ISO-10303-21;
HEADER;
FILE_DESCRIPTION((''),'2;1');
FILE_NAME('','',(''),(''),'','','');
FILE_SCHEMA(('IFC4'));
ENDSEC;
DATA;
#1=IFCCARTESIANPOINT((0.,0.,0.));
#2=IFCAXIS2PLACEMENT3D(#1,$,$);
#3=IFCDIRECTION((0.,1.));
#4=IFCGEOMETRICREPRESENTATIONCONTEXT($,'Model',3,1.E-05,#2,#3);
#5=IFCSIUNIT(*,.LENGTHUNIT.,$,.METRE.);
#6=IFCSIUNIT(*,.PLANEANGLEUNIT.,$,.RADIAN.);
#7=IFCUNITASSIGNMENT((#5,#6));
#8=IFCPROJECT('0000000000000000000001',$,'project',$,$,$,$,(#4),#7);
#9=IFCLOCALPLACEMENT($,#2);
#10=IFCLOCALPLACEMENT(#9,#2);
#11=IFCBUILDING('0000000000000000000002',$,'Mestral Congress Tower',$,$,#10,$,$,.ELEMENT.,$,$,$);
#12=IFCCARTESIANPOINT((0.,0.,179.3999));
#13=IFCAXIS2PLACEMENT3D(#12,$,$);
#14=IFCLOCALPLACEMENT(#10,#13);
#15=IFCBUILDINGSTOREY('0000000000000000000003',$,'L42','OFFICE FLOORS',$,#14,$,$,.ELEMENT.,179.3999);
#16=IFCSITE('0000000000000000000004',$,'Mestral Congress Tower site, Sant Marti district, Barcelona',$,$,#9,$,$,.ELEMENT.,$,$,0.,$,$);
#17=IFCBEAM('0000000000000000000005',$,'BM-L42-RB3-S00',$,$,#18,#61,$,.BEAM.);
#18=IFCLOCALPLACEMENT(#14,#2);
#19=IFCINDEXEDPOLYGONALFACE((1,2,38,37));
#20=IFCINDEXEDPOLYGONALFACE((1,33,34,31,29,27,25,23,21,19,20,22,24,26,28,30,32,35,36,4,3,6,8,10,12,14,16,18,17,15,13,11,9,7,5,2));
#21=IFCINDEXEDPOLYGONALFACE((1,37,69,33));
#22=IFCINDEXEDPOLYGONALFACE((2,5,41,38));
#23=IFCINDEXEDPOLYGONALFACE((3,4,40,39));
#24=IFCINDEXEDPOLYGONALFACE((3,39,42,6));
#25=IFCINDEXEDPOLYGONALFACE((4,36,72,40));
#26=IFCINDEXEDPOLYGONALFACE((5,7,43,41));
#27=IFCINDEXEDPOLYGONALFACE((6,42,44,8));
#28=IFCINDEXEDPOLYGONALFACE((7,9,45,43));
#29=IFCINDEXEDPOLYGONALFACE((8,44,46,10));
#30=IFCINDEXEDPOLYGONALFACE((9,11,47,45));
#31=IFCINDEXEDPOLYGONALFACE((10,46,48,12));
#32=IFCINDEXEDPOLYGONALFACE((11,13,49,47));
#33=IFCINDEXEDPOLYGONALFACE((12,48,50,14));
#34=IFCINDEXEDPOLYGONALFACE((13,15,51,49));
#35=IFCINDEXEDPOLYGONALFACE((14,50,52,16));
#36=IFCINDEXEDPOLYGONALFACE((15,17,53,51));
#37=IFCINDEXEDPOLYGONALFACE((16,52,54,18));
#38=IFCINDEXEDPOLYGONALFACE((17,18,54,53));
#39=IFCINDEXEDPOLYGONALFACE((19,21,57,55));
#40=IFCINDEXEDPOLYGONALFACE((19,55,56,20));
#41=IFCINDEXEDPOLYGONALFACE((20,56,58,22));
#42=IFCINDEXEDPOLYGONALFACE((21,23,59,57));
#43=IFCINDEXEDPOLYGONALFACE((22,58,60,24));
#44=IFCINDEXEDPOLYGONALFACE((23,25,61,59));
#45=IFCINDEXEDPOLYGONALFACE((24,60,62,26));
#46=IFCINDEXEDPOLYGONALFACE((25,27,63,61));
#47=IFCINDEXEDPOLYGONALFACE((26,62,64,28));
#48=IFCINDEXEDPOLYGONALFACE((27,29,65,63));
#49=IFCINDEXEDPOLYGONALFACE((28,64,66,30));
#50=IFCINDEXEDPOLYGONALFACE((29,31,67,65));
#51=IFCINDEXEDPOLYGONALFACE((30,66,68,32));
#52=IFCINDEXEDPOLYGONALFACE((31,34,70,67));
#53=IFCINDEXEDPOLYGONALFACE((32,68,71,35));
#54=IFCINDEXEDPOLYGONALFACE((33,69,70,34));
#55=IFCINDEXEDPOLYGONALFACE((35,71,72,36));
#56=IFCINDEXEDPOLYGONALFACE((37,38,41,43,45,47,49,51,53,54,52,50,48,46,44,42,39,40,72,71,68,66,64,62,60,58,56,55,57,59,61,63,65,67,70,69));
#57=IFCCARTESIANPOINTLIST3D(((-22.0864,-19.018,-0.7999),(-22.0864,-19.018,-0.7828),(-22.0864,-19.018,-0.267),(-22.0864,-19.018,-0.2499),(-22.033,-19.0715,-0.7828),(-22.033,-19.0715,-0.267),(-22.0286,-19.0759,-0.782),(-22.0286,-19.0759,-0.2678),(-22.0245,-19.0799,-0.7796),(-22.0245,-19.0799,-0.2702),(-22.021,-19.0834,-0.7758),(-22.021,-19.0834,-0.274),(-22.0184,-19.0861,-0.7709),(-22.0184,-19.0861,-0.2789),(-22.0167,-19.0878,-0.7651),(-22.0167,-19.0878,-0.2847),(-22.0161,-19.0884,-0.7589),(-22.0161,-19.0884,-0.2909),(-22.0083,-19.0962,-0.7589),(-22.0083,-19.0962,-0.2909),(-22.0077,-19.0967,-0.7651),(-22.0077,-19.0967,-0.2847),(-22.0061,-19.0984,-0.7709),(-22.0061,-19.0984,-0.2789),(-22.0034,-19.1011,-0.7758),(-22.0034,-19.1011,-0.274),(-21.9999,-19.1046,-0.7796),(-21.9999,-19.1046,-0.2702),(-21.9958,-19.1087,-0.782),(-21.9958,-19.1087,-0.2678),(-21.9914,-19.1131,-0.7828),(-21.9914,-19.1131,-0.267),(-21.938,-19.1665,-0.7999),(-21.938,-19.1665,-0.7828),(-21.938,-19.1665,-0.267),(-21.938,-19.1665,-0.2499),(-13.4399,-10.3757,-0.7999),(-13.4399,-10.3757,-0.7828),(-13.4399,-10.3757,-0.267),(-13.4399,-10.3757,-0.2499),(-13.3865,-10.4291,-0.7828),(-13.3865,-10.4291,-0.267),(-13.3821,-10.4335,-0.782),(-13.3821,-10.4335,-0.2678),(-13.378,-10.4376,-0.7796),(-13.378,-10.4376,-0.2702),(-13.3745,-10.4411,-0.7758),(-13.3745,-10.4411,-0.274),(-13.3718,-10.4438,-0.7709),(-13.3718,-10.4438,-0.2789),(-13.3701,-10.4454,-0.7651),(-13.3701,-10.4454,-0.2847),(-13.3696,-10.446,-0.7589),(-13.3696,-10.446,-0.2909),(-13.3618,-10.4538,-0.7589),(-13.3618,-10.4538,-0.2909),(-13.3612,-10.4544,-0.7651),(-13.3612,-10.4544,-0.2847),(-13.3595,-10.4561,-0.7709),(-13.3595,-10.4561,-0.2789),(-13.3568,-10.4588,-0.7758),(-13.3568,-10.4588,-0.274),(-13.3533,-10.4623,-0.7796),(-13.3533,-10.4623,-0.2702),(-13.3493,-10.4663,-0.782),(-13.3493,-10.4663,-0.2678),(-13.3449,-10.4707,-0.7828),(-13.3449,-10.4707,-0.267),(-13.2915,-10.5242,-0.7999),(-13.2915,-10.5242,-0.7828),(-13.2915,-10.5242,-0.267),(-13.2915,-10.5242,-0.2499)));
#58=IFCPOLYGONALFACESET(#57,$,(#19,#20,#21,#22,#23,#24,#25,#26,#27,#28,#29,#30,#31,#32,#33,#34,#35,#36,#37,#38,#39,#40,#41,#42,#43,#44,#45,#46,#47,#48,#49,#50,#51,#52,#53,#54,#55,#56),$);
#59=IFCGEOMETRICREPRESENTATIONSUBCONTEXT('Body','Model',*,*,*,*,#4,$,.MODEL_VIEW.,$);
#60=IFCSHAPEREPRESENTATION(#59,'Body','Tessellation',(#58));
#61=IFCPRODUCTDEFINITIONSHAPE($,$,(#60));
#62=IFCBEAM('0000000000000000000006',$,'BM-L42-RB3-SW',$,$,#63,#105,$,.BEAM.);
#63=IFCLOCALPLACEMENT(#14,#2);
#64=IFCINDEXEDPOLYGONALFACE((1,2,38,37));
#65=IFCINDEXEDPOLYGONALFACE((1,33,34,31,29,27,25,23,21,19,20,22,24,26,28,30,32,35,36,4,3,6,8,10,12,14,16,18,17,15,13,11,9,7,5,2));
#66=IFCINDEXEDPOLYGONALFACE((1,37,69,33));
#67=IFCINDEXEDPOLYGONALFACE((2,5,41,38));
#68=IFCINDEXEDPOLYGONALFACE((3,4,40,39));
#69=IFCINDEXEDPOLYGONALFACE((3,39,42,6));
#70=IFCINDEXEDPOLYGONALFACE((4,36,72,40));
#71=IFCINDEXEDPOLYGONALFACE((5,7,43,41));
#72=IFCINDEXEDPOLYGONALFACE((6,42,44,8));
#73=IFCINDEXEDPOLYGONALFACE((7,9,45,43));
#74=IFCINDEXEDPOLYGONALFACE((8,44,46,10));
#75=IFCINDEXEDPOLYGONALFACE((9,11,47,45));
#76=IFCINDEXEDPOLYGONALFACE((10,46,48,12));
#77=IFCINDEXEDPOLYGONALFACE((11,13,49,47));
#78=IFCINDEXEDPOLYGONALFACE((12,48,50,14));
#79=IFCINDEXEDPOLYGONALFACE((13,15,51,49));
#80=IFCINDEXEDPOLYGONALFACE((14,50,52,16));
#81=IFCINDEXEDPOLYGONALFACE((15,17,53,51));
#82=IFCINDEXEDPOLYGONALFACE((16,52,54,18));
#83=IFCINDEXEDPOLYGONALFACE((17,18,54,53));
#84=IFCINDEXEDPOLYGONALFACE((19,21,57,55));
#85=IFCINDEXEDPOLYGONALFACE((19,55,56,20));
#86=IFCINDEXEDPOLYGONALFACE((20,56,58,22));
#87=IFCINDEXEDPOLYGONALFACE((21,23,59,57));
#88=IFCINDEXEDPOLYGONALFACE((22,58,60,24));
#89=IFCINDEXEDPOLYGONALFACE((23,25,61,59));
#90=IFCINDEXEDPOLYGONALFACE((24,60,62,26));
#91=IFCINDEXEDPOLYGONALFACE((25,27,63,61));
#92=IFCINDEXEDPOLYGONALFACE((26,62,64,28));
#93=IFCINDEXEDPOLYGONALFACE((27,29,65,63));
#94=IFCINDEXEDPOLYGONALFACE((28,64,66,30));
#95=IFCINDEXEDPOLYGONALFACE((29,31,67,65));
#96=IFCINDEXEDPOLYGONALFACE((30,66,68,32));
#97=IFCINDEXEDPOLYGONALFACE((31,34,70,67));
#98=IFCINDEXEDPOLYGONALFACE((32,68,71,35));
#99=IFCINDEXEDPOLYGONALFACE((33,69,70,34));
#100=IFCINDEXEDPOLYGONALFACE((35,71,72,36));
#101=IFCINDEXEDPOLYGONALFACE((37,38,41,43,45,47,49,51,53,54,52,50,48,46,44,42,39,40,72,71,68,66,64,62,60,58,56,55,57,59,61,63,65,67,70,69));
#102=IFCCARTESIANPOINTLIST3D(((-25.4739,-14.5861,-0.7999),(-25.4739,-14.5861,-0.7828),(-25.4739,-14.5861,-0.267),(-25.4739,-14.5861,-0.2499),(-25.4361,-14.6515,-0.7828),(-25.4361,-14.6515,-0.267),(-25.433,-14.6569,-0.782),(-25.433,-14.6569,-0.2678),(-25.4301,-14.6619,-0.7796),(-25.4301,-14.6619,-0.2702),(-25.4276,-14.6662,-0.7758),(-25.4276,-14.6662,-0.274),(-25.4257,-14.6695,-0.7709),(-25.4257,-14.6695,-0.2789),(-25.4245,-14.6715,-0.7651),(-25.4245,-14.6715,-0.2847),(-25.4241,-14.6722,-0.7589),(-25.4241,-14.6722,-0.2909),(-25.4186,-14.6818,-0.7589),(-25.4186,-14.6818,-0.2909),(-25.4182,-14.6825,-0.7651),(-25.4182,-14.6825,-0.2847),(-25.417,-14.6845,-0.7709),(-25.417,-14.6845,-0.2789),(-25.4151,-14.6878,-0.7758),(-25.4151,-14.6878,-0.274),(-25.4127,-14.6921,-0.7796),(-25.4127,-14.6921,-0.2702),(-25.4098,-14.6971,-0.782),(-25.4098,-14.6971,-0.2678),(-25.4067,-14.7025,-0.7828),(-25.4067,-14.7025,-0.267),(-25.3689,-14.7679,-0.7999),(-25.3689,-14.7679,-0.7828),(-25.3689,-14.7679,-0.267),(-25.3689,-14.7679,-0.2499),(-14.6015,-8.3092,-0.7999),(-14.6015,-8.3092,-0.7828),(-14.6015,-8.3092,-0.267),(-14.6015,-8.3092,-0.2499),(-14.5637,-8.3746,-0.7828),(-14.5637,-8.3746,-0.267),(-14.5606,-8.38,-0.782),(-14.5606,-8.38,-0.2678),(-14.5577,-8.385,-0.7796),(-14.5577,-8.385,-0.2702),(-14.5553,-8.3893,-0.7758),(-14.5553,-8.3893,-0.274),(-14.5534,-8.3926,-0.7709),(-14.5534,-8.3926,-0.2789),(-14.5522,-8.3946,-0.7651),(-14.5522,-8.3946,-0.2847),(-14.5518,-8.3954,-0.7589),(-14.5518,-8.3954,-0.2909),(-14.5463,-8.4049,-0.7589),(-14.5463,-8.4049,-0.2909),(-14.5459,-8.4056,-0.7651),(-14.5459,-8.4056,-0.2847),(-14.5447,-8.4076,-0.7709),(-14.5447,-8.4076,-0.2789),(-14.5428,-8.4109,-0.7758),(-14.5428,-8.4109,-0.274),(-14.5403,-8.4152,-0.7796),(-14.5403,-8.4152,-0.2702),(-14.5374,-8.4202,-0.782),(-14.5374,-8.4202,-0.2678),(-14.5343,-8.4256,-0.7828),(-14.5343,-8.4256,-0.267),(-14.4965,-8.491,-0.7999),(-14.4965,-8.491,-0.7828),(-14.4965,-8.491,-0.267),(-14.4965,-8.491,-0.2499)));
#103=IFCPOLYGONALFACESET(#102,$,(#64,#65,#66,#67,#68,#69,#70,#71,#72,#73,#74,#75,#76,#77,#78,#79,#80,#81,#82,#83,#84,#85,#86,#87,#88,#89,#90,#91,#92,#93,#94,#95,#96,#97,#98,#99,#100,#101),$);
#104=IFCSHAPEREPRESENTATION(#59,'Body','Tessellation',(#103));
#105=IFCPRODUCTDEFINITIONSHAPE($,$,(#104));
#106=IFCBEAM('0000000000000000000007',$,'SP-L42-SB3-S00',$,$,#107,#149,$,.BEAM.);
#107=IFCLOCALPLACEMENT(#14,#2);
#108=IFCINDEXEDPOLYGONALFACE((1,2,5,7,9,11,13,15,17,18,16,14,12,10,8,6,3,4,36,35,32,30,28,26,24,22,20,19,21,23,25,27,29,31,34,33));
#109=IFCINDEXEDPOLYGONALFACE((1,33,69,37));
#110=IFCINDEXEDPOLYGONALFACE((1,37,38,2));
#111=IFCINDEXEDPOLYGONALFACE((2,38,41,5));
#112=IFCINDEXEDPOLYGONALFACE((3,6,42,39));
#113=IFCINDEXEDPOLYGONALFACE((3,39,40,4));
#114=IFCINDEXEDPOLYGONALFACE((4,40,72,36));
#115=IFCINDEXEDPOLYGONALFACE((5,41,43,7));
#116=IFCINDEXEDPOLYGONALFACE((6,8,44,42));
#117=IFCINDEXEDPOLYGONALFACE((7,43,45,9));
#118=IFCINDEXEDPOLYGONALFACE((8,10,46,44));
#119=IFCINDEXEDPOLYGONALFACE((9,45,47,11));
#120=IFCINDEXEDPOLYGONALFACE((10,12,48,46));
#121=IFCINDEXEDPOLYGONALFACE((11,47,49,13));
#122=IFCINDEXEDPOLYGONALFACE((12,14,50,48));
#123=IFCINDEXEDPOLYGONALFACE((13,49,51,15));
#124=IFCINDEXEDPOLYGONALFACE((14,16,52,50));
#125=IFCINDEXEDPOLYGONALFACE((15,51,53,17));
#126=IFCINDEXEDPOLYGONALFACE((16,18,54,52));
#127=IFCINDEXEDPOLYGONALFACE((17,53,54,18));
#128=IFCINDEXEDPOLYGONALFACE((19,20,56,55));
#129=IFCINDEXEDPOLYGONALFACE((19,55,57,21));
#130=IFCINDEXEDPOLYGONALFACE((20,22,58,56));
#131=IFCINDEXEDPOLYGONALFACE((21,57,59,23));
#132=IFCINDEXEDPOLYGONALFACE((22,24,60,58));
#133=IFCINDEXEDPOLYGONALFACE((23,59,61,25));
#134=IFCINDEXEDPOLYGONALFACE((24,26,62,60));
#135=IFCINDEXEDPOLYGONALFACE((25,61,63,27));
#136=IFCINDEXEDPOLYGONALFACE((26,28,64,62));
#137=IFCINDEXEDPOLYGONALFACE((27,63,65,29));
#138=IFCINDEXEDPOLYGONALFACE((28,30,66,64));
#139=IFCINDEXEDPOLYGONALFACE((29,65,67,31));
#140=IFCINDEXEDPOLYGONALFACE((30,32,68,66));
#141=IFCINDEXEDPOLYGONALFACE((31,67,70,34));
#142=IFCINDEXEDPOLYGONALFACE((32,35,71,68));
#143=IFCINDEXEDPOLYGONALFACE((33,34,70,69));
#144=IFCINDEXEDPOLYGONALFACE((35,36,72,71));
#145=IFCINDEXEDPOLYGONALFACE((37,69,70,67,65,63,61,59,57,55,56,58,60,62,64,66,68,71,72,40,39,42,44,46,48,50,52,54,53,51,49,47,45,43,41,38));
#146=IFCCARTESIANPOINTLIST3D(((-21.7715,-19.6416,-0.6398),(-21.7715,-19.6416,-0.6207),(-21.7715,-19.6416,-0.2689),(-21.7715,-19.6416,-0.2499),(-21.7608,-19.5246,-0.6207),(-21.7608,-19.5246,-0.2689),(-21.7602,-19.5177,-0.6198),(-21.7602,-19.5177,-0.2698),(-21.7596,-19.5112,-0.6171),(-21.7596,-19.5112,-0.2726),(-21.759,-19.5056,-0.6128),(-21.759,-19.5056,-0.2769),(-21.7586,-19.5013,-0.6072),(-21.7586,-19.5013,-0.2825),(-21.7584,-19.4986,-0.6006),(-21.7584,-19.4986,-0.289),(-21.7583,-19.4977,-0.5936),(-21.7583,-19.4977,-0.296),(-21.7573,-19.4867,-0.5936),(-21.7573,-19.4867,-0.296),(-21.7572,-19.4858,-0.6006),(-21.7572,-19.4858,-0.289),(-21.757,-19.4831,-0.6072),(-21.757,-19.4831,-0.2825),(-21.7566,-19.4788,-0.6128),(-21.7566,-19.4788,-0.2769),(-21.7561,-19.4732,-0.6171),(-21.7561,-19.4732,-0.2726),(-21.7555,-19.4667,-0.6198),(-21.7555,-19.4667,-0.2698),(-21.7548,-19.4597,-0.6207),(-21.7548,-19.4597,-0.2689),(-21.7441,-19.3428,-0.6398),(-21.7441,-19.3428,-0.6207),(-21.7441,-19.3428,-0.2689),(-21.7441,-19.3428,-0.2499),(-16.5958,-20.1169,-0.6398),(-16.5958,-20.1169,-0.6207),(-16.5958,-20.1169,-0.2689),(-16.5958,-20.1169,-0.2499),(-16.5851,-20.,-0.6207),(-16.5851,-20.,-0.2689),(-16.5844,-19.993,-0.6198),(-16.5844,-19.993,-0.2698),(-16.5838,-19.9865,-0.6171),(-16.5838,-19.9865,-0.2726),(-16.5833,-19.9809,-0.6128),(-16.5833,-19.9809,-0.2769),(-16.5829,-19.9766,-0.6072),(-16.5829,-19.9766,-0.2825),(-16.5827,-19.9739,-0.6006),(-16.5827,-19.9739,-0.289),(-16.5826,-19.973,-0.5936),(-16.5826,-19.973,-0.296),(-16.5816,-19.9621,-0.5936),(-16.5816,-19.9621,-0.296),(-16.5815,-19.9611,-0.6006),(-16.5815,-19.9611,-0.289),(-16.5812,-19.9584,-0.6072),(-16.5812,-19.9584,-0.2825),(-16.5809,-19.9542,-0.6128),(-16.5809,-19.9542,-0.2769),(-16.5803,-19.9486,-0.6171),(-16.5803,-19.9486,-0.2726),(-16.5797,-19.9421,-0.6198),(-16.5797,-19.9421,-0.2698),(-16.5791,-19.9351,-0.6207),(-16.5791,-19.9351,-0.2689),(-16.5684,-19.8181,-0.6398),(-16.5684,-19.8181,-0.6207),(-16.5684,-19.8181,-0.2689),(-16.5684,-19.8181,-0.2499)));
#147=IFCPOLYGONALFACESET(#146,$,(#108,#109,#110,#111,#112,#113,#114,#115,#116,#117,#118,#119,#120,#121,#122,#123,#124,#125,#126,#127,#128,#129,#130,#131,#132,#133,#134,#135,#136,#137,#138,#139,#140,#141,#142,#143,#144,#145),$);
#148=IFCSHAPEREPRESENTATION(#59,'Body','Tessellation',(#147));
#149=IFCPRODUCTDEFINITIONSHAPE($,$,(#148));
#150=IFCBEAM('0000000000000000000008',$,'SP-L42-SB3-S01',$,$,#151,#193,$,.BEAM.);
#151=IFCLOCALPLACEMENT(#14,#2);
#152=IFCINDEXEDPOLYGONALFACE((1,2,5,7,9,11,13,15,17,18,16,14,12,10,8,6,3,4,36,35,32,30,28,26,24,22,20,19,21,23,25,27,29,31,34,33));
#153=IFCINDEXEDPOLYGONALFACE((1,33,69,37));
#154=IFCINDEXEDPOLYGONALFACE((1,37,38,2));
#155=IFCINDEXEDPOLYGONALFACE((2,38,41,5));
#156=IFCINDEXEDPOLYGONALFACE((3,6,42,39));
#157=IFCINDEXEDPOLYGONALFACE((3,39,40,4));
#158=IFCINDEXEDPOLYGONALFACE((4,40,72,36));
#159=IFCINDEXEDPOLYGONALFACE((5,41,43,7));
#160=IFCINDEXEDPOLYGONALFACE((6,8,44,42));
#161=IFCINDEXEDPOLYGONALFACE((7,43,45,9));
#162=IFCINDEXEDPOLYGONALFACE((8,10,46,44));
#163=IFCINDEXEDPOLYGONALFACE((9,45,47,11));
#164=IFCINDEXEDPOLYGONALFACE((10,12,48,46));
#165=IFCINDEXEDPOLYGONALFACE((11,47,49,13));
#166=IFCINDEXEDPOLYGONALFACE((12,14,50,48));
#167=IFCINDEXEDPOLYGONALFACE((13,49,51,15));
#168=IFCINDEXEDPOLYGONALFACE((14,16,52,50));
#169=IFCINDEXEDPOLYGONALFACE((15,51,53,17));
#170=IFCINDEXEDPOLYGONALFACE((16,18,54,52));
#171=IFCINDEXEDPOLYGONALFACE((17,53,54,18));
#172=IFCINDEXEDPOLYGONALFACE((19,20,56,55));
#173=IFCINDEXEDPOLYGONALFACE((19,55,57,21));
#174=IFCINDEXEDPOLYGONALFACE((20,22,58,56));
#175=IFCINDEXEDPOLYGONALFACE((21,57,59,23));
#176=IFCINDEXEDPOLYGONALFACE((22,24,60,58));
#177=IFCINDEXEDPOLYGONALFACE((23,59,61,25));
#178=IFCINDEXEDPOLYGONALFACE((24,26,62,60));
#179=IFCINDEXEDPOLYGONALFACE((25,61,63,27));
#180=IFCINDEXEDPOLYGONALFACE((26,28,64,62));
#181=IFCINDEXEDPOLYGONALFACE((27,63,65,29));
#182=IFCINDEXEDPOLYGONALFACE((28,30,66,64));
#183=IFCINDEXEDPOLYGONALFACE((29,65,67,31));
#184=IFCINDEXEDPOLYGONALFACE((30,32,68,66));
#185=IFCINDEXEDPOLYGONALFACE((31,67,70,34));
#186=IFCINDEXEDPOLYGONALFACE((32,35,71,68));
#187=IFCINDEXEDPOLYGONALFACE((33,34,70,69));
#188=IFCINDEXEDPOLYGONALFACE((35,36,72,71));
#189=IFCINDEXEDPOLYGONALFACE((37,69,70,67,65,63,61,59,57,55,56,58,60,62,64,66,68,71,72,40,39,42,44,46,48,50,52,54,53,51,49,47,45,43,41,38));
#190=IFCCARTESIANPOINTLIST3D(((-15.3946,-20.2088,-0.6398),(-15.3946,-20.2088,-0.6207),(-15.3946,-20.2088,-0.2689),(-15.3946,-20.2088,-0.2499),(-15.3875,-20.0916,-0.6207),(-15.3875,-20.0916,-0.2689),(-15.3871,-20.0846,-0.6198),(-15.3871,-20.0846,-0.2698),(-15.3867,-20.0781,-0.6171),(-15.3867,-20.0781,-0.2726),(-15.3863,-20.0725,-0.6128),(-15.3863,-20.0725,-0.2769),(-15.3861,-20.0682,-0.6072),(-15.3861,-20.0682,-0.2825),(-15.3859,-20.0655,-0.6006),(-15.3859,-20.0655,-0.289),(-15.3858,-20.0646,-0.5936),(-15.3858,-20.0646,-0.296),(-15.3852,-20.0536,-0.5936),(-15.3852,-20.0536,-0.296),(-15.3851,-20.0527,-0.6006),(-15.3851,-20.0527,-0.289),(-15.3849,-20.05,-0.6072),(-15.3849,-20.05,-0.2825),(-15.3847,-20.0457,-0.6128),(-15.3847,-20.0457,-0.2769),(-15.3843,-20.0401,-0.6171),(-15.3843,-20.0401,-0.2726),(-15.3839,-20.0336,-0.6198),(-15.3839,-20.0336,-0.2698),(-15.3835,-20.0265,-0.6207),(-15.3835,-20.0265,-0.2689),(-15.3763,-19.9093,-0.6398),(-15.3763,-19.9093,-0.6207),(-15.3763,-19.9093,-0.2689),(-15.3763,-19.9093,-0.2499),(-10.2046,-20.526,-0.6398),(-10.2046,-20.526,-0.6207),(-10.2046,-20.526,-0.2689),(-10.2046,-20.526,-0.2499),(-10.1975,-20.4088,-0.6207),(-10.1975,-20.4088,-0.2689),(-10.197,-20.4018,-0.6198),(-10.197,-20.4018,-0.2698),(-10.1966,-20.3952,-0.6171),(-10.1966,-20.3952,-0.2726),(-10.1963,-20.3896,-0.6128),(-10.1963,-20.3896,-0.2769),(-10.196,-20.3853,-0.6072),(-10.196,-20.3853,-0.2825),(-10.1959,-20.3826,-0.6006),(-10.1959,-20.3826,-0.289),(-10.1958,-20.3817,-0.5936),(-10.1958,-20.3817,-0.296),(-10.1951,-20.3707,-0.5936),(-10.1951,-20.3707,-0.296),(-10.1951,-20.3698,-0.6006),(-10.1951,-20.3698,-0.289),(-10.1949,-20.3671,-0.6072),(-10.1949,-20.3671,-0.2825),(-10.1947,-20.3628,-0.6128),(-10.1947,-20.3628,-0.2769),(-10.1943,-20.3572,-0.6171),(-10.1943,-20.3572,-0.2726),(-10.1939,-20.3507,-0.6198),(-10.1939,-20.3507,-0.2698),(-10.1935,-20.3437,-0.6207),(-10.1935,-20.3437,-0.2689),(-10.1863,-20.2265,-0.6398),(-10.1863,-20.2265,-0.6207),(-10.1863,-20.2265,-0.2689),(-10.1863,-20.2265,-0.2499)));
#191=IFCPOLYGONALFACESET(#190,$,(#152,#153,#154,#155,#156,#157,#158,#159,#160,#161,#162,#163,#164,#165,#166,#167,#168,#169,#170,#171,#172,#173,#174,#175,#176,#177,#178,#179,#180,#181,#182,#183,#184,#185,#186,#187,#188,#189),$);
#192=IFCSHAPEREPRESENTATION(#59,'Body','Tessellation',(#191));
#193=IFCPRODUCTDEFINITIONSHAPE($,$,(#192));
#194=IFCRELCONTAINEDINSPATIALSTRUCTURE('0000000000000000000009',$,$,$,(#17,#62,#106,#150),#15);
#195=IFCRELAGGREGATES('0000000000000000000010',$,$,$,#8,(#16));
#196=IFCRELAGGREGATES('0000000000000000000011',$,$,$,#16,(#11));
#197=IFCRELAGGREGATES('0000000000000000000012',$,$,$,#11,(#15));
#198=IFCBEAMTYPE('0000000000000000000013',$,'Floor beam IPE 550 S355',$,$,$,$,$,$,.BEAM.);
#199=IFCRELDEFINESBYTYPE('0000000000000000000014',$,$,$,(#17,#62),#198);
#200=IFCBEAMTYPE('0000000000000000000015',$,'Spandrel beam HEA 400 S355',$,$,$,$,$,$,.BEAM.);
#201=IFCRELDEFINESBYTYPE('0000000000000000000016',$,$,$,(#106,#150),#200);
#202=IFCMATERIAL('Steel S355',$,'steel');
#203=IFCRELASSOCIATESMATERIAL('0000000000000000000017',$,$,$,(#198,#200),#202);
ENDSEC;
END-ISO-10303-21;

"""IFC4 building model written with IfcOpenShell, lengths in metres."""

from ifc_helpers import new_model, si_unit, direction, frame, origin, origin_2d, place, context, subcontext, project, spatial, i_section, extrude, material, material_profile, profile_set, type_object, element, save


model = new_model("IFC4")

# Units and contexts
model_context = context("Model", 3, precision=1e-05, world=origin(), true_north=direction((0.0, 1.0)))
body_context = subcontext(model_context, "Body", "Model", "MODEL_VIEW")
ifc_project = project(units=[si_unit("LENGTHUNIT", "METRE"), si_unit("PLANEANGLEUNIT", "RADIAN")], contexts=[model_context])

# Site, building, storey
site_placement = place(None, origin())
site = spatial("IfcSite", under=ifc_project, at=site_placement, Name="Mestral Congress Tower site, Sant Marti district, Barcelona", CompositionType="ELEMENT", RefElevation=0.0)
building_placement = place(site_placement, origin())
building = spatial("IfcBuilding", under=site, at=building_placement, Name="Mestral Congress Tower", CompositionType="ELEMENT")
storey_placement = place(building_placement, frame((0.0, 0.0, 179.3999)))
storey = spatial("IfcBuildingStorey", under=building, at=storey_placement, Name="L42", Description="OFFICE FLOORS", CompositionType="ELEMENT", Elevation=179.3999)

# Beams
ifc_material_1 = material(Name="Steel S355", Category="steel")
ifc_material_profile_1 = material_profile(ifc_material_1, i_section(OverallWidth=0.21, OverallDepth=0.55, WebThickness=0.011, FlangeThickness=0.0171, FilletRadius=0.0239, at=origin_2d()), Name="IPE 550")
ifc_profile_set_1 = profile_set([ifc_material_profile_1], Name="Steel S355")
beam_type_1 = type_object("IfcBeamType", Name="Floor beam IPE 550 S355", PredefinedType="BEAM", material=ifc_profile_set_1)
beam_1_placement = place(storey_placement, frame((-22.0122, -19.0923, -0.5249), z_axis=(0.707277, 0.706937, 0.0), x_axis=(-0.706937, 0.707277, 0.0)))
element("IfcBeam", 1, at=beam_1_placement, inside=storey, type_object=beam_type_1, Name="BM-L42-RB3-S00", PredefinedType="BEAM", context=body_context, shape_type="SweptSolid", body=[
    extrude(i_section(OverallWidth=0.21, OverallDepth=0.55, WebThickness=0.011, FlangeThickness=0.0171, FilletRadius=0.0239, at=origin_2d()), origin(), (0.0, 0.0, 1.0), 12.2251),
])
beam_2_placement = place(storey_placement, frame((-25.4214, -14.677, -0.5249), z_axis=(0.866035, 0.499983, 0.0), x_axis=(-0.499983, 0.866035, 0.0)))
element("IfcBeam", 2, at=beam_2_placement, inside=storey, type_object=beam_type_1, Name="BM-L42-RB3-SW", PredefinedType="BEAM", context=body_context, shape_type="SweptSolid", body=[
    extrude(i_section(OverallWidth=0.21, OverallDepth=0.55, WebThickness=0.011, FlangeThickness=0.0171, FilletRadius=0.0239, at=origin_2d()), origin(), (0.0, 0.0, 1.0), 12.5542),
])
ifc_material_profile_2 = material_profile(ifc_material_1, i_section(OverallWidth=0.3, OverallDepth=0.3899, WebThickness=0.011, FlangeThickness=0.019, FilletRadius=0.0271, at=origin_2d()), Name="HEA 400")
ifc_profile_set_2 = profile_set([ifc_material_profile_2], Name="Steel S355")
beam_type_2 = type_object("IfcBeamType", Name="Spandrel beam HEA 400 S355", PredefinedType="BEAM", material=ifc_profile_set_2)
beam_3_placement = place(storey_placement, frame((-21.7578, -19.4922, -0.4448), z_axis=(0.995809, -0.091455, 0.0), x_axis=(0.091455, 0.995809, 0.0)))
element("IfcBeam", 3, at=beam_3_placement, inside=storey, type_object=beam_type_2, Name="SP-L42-SB3-S00", PredefinedType="BEAM", context=body_context, shape_type="SweptSolid", body=[
    extrude(i_section(OverallWidth=0.3, OverallDepth=0.3899, WebThickness=0.011, FlangeThickness=0.019, FilletRadius=0.0271, at=origin_2d()), origin(), (0.0, 0.0, 1.0), 5.1975),
])
beam_4_placement = place(storey_placement, frame((-15.3855, -20.0591, -0.4448), z_axis=(0.998138, -0.060993, 0.0), x_axis=(0.060993, 0.998138, 0.0)))
element("IfcBeam", 4, at=beam_4_placement, inside=storey, type_object=beam_type_2, Name="SP-L42-SB3-S01", PredefinedType="BEAM", context=body_context, shape_type="SweptSolid", body=[
    extrude(i_section(OverallWidth=0.3, OverallDepth=0.3899, WebThickness=0.011, FlangeThickness=0.019, FilletRadius=0.0271, at=origin_2d()), origin(), (0.0, 0.0, 1.0), 5.1997),
])

save(model, "model.ifc")
